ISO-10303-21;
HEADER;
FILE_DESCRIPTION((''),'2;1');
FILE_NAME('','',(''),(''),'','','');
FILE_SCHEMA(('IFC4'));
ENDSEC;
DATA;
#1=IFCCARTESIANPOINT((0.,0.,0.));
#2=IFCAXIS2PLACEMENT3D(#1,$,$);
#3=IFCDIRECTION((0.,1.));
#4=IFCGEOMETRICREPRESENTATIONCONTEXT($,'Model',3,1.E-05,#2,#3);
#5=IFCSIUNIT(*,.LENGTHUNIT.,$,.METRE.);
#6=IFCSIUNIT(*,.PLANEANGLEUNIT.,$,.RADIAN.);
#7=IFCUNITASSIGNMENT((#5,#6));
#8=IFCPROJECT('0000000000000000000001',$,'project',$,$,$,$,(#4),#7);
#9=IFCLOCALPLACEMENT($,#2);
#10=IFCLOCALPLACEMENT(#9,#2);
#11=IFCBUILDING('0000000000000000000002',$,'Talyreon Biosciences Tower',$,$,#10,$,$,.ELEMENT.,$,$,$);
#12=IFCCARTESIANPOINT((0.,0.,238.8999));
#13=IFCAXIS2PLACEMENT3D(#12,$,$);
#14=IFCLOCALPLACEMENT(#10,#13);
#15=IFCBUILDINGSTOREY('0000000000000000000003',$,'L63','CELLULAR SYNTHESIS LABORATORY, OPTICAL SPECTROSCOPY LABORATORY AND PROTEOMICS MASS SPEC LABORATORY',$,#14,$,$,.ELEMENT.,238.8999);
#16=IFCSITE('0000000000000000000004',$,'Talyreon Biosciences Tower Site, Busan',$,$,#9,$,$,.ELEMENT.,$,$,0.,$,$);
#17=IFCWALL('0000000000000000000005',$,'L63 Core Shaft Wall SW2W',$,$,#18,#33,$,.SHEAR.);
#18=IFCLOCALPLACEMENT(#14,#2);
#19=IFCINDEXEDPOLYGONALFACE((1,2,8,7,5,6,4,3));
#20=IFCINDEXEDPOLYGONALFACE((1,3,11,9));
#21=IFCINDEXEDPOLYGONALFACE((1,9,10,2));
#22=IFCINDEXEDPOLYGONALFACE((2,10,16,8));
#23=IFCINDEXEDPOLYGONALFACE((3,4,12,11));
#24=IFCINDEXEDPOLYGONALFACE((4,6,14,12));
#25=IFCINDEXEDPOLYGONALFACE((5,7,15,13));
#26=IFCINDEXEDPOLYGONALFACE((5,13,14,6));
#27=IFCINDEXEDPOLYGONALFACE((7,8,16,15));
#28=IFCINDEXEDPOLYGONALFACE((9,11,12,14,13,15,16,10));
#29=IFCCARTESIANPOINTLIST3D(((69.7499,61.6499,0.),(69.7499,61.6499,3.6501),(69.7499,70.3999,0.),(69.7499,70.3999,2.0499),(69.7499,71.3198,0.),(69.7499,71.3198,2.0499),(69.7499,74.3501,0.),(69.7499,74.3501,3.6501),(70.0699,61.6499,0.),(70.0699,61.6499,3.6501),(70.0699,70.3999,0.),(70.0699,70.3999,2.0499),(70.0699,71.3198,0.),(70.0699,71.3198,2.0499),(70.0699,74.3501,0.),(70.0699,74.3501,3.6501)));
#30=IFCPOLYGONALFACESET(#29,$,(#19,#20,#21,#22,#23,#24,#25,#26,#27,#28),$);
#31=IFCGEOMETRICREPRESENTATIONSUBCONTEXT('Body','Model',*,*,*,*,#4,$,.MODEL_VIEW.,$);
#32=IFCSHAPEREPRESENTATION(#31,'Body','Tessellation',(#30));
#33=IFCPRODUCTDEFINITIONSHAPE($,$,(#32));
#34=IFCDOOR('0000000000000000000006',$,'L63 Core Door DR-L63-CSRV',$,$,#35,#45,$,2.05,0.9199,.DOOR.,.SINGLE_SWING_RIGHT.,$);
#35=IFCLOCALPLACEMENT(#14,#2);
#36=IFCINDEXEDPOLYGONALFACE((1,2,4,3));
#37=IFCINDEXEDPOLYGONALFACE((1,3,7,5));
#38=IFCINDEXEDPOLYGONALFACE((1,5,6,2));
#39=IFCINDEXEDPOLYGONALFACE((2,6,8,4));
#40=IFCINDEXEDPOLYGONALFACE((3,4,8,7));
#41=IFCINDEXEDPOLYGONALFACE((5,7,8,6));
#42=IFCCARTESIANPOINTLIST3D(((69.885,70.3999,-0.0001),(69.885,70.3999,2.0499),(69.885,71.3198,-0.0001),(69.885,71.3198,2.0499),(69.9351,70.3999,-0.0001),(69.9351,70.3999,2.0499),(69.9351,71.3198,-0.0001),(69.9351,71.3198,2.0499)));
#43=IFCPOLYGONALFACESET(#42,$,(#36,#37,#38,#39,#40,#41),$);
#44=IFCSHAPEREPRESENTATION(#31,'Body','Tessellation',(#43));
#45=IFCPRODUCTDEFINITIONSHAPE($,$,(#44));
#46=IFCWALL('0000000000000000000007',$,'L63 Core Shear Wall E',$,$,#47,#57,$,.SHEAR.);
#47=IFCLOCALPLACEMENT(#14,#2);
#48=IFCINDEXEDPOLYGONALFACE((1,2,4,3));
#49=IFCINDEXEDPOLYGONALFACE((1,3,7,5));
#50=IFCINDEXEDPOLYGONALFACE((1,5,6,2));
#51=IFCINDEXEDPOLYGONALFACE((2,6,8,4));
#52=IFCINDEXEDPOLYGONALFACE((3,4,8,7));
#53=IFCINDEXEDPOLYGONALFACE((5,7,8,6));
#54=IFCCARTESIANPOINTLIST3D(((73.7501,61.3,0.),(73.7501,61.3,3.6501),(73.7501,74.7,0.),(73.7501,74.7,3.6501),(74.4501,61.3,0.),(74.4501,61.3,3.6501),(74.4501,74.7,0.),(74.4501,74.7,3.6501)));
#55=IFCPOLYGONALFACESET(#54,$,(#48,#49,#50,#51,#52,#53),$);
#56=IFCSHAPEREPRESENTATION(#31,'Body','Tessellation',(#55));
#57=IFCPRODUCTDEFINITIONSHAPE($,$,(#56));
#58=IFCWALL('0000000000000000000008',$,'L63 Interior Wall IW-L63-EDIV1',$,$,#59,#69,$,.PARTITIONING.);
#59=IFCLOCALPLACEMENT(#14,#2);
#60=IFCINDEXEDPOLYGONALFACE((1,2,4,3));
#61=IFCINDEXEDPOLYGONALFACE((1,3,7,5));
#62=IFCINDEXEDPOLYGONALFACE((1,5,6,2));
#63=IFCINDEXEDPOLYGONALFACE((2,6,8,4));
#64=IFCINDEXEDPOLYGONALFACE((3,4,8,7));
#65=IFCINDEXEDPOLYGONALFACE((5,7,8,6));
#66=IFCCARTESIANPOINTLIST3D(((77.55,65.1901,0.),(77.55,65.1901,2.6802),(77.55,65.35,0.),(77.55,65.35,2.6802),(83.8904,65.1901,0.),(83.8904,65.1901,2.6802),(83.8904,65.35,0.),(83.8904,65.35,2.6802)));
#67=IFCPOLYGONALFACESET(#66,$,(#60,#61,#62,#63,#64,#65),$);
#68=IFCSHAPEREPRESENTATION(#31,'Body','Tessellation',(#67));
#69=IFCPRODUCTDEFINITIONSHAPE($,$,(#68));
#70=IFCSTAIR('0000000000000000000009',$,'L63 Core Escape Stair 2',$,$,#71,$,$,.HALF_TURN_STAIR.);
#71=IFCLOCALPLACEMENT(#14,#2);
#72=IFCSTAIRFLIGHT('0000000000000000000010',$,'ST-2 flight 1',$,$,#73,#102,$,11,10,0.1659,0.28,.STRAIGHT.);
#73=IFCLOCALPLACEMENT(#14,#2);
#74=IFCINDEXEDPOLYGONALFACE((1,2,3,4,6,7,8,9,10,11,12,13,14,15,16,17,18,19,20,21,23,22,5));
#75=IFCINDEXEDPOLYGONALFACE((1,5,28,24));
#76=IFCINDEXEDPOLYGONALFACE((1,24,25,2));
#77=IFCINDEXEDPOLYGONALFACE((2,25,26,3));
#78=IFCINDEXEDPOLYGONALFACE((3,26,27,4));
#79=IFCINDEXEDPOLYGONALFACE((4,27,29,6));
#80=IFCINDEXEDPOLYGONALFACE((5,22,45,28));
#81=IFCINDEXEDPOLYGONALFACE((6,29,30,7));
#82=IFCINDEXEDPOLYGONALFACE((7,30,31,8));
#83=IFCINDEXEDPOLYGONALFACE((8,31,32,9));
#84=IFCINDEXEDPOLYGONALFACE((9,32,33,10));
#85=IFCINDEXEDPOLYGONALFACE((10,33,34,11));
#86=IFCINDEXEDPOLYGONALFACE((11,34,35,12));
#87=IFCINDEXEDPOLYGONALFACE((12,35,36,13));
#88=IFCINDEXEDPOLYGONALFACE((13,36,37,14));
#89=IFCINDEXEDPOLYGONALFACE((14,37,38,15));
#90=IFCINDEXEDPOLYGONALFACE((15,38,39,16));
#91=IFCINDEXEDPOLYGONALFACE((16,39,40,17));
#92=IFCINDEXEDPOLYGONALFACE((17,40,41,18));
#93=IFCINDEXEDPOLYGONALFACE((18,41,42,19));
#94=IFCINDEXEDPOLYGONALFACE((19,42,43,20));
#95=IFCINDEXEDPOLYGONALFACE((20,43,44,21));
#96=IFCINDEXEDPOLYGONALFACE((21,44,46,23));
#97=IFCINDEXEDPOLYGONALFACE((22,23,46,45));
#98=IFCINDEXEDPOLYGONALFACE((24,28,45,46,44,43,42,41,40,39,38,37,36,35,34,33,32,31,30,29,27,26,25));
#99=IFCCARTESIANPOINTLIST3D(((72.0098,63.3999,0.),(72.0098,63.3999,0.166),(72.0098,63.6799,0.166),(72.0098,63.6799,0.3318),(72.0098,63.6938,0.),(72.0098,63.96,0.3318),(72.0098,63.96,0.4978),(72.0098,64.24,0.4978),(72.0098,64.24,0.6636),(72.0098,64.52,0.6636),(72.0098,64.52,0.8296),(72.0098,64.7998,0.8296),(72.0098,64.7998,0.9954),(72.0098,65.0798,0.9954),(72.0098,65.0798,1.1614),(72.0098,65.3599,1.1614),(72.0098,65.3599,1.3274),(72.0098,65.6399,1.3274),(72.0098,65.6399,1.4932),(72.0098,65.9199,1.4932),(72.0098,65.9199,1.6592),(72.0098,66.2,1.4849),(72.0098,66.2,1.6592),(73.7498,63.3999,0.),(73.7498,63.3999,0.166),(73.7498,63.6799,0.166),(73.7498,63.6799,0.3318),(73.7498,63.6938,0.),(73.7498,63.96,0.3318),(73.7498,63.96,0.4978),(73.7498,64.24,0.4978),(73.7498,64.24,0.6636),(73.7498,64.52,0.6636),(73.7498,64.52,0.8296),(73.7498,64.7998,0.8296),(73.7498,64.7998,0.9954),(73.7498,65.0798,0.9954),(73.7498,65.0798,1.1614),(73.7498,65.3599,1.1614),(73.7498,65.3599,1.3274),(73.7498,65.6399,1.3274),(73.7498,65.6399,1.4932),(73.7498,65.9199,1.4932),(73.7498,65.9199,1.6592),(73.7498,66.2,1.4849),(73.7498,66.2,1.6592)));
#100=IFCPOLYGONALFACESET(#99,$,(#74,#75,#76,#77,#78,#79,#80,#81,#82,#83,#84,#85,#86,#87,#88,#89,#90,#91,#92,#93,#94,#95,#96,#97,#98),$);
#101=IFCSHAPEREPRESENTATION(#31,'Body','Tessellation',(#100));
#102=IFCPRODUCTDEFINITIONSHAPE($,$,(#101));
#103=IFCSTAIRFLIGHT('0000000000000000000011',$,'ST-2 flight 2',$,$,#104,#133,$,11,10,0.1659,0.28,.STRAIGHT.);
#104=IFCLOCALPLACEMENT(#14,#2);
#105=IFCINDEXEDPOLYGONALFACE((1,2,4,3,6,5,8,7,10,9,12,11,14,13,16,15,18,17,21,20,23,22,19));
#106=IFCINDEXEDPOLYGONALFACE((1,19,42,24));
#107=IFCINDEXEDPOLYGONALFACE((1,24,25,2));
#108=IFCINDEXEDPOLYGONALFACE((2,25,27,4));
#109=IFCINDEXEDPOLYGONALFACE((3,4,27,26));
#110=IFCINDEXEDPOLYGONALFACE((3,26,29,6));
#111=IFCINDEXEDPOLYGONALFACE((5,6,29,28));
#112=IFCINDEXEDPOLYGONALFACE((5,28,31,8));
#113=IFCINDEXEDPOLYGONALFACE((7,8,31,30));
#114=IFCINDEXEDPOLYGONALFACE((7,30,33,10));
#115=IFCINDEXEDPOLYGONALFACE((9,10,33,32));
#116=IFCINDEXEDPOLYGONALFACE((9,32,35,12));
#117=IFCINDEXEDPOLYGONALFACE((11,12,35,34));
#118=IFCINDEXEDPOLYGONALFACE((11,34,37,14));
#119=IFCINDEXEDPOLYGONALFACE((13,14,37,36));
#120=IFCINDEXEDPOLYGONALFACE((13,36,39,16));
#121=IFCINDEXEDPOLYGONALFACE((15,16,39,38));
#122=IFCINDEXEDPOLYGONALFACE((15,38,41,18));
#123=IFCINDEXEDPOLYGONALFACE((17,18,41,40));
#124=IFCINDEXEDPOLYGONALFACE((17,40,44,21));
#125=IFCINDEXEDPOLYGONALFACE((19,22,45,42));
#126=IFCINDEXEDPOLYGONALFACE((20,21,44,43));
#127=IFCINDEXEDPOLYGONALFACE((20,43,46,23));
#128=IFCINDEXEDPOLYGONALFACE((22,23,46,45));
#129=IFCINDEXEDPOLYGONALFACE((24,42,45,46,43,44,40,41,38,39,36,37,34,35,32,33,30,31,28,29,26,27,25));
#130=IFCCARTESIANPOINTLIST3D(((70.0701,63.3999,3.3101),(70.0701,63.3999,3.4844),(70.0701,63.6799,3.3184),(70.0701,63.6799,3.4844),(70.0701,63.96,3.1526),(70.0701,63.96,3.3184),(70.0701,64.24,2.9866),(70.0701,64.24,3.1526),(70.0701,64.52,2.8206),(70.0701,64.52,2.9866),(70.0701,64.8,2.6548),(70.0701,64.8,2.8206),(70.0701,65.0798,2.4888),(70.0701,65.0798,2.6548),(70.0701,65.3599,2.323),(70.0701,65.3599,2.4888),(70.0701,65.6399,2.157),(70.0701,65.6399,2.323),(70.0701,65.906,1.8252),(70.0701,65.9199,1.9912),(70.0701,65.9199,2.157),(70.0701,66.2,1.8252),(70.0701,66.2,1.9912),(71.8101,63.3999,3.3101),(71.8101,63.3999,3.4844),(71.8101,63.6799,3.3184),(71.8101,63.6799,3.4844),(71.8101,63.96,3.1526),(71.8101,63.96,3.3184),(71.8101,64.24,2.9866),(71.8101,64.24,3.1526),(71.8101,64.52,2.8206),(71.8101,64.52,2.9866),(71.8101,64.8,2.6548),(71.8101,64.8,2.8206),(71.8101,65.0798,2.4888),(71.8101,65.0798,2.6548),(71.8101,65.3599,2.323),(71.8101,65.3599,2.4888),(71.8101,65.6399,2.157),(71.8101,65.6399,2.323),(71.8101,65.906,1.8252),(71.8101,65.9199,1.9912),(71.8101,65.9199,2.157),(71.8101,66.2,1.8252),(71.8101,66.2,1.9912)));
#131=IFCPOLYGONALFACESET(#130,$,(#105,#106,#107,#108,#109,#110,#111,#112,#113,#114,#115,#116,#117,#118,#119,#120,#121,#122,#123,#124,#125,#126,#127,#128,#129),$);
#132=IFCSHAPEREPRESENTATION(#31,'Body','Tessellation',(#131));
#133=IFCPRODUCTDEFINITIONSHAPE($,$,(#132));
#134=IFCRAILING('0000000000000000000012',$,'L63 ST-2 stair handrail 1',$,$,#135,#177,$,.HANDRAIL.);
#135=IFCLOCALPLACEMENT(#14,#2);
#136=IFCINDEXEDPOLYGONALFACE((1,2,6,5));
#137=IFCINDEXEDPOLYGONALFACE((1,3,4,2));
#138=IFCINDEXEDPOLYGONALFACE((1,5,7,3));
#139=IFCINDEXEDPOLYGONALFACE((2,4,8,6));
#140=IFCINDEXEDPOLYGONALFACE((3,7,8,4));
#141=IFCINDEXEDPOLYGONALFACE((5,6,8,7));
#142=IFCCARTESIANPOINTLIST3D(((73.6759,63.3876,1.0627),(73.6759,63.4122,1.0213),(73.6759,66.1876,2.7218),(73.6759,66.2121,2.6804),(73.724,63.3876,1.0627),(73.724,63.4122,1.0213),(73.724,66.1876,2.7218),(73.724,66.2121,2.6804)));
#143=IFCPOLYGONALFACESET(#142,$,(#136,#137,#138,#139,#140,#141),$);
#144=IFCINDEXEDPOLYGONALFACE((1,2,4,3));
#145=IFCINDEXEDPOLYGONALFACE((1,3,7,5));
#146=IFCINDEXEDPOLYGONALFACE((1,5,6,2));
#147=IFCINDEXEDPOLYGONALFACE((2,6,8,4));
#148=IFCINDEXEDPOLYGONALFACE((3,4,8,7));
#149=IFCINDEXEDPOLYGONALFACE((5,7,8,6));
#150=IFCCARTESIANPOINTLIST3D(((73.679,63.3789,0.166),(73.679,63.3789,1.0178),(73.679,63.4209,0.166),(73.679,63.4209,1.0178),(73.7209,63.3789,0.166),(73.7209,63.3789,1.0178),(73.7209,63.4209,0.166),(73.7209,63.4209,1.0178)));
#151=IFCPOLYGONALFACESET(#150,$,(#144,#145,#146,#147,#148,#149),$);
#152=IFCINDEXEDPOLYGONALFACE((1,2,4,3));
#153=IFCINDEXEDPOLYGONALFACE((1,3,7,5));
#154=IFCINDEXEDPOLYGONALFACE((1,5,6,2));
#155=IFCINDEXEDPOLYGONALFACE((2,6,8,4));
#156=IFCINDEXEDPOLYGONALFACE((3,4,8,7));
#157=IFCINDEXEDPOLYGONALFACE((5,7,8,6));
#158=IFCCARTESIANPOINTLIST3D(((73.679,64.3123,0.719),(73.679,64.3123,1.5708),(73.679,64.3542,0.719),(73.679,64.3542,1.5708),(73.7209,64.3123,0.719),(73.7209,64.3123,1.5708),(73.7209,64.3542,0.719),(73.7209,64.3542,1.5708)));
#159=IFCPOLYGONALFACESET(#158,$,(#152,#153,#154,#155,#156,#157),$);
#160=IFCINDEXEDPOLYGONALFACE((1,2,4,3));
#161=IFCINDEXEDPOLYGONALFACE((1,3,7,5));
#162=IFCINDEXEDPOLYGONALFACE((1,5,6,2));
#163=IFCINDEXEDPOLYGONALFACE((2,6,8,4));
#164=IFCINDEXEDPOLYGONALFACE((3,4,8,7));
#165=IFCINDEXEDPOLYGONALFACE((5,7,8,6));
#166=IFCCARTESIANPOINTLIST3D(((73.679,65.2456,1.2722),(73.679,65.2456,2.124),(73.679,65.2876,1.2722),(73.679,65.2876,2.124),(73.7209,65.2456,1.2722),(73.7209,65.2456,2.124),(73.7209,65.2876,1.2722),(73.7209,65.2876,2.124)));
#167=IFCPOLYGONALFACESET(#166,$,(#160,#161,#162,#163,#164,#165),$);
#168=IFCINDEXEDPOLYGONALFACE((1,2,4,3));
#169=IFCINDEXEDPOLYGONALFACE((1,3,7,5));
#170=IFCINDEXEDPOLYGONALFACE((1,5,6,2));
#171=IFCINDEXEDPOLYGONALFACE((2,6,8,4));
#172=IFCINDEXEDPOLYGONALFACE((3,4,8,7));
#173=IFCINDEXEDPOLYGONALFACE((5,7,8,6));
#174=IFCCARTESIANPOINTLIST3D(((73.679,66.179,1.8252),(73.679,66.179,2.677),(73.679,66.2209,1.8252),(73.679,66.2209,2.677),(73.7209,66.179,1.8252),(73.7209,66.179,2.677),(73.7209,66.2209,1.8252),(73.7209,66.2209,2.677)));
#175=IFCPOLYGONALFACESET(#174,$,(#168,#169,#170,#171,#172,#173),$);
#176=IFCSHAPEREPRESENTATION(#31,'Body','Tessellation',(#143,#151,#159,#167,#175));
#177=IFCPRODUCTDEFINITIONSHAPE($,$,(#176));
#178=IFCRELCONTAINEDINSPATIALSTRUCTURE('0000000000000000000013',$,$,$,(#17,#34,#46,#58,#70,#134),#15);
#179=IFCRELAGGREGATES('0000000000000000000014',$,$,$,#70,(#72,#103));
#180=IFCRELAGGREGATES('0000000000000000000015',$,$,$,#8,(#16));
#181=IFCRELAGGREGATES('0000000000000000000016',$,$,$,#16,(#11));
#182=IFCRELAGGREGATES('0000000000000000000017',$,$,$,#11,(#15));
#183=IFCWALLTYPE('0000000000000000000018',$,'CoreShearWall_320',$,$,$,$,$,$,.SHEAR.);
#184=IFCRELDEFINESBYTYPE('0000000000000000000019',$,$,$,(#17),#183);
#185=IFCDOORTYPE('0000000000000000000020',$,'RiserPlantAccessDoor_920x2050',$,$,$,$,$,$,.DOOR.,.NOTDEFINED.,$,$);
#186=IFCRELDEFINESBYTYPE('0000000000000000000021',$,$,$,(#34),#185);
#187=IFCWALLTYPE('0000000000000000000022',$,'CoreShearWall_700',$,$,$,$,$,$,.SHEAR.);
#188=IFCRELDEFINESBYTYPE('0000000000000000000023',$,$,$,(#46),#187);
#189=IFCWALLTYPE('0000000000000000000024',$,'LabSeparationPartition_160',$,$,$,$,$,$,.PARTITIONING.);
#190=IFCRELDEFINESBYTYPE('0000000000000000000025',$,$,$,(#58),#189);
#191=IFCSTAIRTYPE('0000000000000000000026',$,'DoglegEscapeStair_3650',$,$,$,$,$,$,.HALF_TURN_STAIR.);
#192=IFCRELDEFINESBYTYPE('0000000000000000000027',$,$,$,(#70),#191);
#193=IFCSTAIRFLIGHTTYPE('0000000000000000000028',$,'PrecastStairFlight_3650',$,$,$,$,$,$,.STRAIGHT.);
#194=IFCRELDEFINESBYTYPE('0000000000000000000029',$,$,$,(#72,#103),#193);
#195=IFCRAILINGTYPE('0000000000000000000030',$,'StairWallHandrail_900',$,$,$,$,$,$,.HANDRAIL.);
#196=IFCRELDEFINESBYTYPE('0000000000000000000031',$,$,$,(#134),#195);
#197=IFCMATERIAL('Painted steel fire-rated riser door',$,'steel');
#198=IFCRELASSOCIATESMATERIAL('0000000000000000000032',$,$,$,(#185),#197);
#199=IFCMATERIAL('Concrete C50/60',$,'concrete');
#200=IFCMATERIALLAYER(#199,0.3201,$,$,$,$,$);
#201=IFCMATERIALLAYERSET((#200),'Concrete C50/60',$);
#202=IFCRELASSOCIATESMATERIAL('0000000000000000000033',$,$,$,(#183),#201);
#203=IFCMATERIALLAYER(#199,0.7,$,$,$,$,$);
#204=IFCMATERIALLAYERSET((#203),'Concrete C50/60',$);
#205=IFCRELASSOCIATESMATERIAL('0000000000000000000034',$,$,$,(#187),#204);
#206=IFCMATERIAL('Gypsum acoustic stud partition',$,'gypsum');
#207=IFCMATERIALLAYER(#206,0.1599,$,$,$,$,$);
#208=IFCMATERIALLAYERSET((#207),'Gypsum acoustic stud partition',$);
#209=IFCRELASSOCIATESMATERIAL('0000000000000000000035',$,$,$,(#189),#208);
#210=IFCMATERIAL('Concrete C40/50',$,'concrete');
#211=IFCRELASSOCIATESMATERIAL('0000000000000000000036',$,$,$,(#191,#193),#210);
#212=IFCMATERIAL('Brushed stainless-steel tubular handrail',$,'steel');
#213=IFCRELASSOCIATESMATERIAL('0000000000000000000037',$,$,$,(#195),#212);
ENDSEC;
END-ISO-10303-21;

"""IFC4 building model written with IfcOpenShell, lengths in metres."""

from ifc_helpers import new_model, si_unit, direction, frame, frame_2d, origin, origin_2d, place, context, subcontext, project, spatial, polyline, rectangle, outline, extrude, material, layer, layer_set, type_object, element, fill, aggregate, save


model = new_model("IFC4")

# Units and contexts
model_context = context("Model", 3, precision=1e-05, world=origin(), true_north=direction((0.0, 1.0)))
body_context = subcontext(model_context, "Body", "Model", "MODEL_VIEW")
ifc_project = project(units=[si_unit("LENGTHUNIT", "METRE"), si_unit("PLANEANGLEUNIT", "RADIAN")], contexts=[model_context])

# Site, building, storey
site_placement = place(None, origin())
site = spatial("IfcSite", under=ifc_project, at=site_placement, Name="Talyreon Biosciences Tower Site, Busan", CompositionType="ELEMENT", RefElevation=0.0)
building_placement = place(site_placement, origin())
building = spatial("IfcBuilding", under=site, at=building_placement, Name="Talyreon Biosciences Tower", CompositionType="ELEMENT")
storey_placement = place(building_placement, frame((0.0, 0.0, 238.8999)))
storey = spatial("IfcBuildingStorey", under=building, at=storey_placement, Name="L63", Description="CELLULAR SYNTHESIS LABORATORY, OPTICAL SPECTROSCOPY LABORATORY AND PROTEOMICS MASS SPEC LABORATORY", CompositionType="ELEMENT", Elevation=238.8999)

# Shared definitions
ifc_material_1 = material(Name="Concrete C50/60", Category="concrete")

# Wall, opening, door
ifc_material_2 = material(Name="Painted steel fire-rated riser door", Category="steel")
door_type = type_object("IfcDoorType", Name="RiserPlantAccessDoor_920x2050", OperationType="NOTDEFINED", PredefinedType="DOOR", material=ifc_material_2)
ifc_layer_1 = layer(ifc_material_1, 0.3201)
ifc_layer_set_1 = layer_set([ifc_layer_1], Name="Concrete C50/60")
wall_type_1 = type_object("IfcWallType", Name="CoreShearWall_320", PredefinedType="SHEAR", material=ifc_layer_set_1)
wall_1_placement = place(storey_placement, frame((69.9099, 61.6499, 0.0), z_axis=(0.0, 0.0, 1.0), x_axis=(0.0, 1.0, 0.0)))
wall_1 = element("IfcWall", 1, at=wall_1_placement, inside=storey, type_object=wall_type_1, Name="L63 Core Shaft Wall SW2W", PredefinedType="SHEAR", context=body_context, shape_type="SweptSolid", body=[
    extrude(rectangle(XDim=12.7002, YDim=0.3201, at=frame_2d((6.3501, 0.0))), origin(), (0.0, 0.0, 1.0), 3.6501),
])
opening_1_placement = place(wall_1_placement, frame((8.75, 0.0, 0.0)))
opening_1 = element("IfcOpeningElement", 2, at=opening_1_placement, cuts=wall_1, PredefinedType="OPENING", context=body_context, shape_type="SweptSolid", body=[
    extrude(rectangle(XDim=0.9199, YDim=2.05, at=frame_2d((0.46, 1.0249))), frame((0.0, 0.1699, 0.0), z_axis=(0.0, -1.0, 0.0), x_axis=(1.0, 0.0, 0.0)), (0.0, 0.0, 1.0), 0.3401),
])
door_1_placement = place(opening_1_placement, origin())
door_1 = element("IfcDoor", 3, at=door_1_placement, inside=storey, type_object=door_type, Name="L63 Core Door DR-L63-CSRV", OperationType="SINGLE_SWING_RIGHT", OverallHeight=2.05, OverallWidth=0.9199, PredefinedType="DOOR", context=body_context, shape_type="SweptSolid", body=[
    extrude(rectangle(XDim=0.9199, YDim=2.05, at=frame_2d((0.46, 1.0249))), frame((0.0, 0.0249, 0.0), z_axis=(0.0, -1.0, 0.0), x_axis=(1.0, 0.0, 0.0)), (0.0, 0.0, 1.0), 0.05),
])
fill(opening_1, door_1)

# Walls
ifc_layer_2 = layer(ifc_material_1, 0.7)
ifc_layer_set_2 = layer_set([ifc_layer_2], Name="Concrete C50/60")
wall_type_2 = type_object("IfcWallType", Name="CoreShearWall_700", PredefinedType="SHEAR", material=ifc_layer_set_2)
wall_2_placement = place(storey_placement, frame((74.1001, 61.3, 0.0), z_axis=(0.0, 0.0, 1.0), x_axis=(0.0, 1.0, 0.0)))
element("IfcWall", 4, at=wall_2_placement, inside=storey, type_object=wall_type_2, Name="L63 Core Shear Wall E", PredefinedType="SHEAR", context=body_context, shape_type="SweptSolid", body=[
    extrude(rectangle(XDim=13.3999, YDim=0.7, at=frame_2d((6.7, 0.0))), origin(), (0.0, 0.0, 1.0), 3.6501),
])
ifc_material_3 = material(Name="Gypsum acoustic stud partition", Category="gypsum")
ifc_layer_3 = layer(ifc_material_3, 0.1599)
ifc_layer_set_3 = layer_set([ifc_layer_3], Name="Gypsum acoustic stud partition")
wall_type_3 = type_object("IfcWallType", Name="LabSeparationPartition_160", PredefinedType="PARTITIONING", material=ifc_layer_set_3)
wall_3_placement = place(storey_placement, frame((77.55, 65.27, 0.0), z_axis=(0.0, 0.0, 1.0), x_axis=(1.0, 0.0, 0.0)))
element("IfcWall", 5, at=wall_3_placement, inside=storey, type_object=wall_type_3, Name="L63 Interior Wall IW-L63-EDIV1", PredefinedType="PARTITIONING", context=body_context, shape_type="SweptSolid", body=[
    extrude(rectangle(XDim=6.3403, YDim=0.1599, at=frame_2d((3.1702, 0.0))), origin(), (0.0, 0.0, 1.0), 2.6802),
])

# Stair, stair flights
ifc_material_4 = material(Name="Concrete C40/50", Category="concrete")
stair_type = type_object("IfcStairType", Name="DoglegEscapeStair_3650", PredefinedType="HALF_TURN_STAIR", material=ifc_material_4)
stair_placement = place(storey_placement, origin())
stair = element("IfcStair", 6, at=stair_placement, inside=storey, type_object=stair_type, Name="L63 Core Escape Stair 2", PredefinedType="HALF_TURN_STAIR")
stair_flight_type = type_object("IfcStairFlightType", Name="PrecastStairFlight_3650", PredefinedType="STRAIGHT", material=ifc_material_4)
stair_flight_1_placement = place(storey_placement, frame((72.8799, 63.3999, 0.0), z_axis=(0.0, 0.0, 1.0), x_axis=(0.0, 1.0, 0.0)))
stair_flight_1 = element("IfcStairFlight", 7, at=stair_flight_1_placement, type_object=stair_flight_type, Name="ST-2 flight 1", NumberOfRisers=11, NumberOfTreads=10, PredefinedType="STRAIGHT", RiserHeight=0.1659, TreadLength=0.28, context=body_context, shape_type="SweptSolid", body=[
    extrude(outline(polyline([(0.0, 0.0), (0.0, 0.166), (0.28, 0.166), (0.28, 0.3318), (0.5601, 0.3318), (0.5601, 0.4978), (0.8401, 0.4978), (0.8401, 0.6636), (1.1201, 0.6636), (1.1201, 0.8296), (1.3999, 0.8296), (1.3999, 0.9954), (1.6799, 0.9954), (1.6799, 1.1614), (1.96, 1.1614), (1.96, 1.3274), (2.24, 1.3274), (2.24, 1.4932), (2.52, 1.4932), (2.52, 1.6592), (2.8, 1.6592), (2.8, 1.825), (2.8, 1.4849), (0.2939, 0.0), (0.0, 0.0)])), frame((0.0, 0.8701, 0.0), z_axis=(0.0, -1.0, 0.0), x_axis=(1.0, 0.0, 0.0)), (0.0, 0.0, 1.0), 1.74),
])
stair_flight_2_placement = place(storey_placement, frame((70.9399, 66.2, 1.8252), z_axis=(0.0, 0.0, 1.0), x_axis=(0.0, -1.0, 0.0)))
stair_flight_2 = element("IfcStairFlight", 8, at=stair_flight_2_placement, type_object=stair_flight_type, Name="ST-2 flight 2", NumberOfRisers=11, NumberOfTreads=10, PredefinedType="STRAIGHT", RiserHeight=0.1659, TreadLength=0.28, context=body_context, shape_type="SweptSolid", body=[
    extrude(outline(polyline([(0.0, 0.0), (0.0, 0.166), (0.28, 0.166), (0.28, 0.3318), (0.5601, 0.3318), (0.5601, 0.4978), (0.8401, 0.4978), (0.8401, 0.6636), (1.1201, 0.6636), (1.1201, 0.8296), (1.3999, 0.8296), (1.3999, 0.9954), (1.6799, 0.9954), (1.6799, 1.1614), (1.96, 1.1614), (1.96, 1.3274), (2.24, 1.3274), (2.24, 1.4932), (2.52, 1.4932), (2.52, 1.6592), (2.8, 1.6592), (2.8, 1.825), (2.8, 1.4849), (0.2939, 0.0), (0.0, 0.0)])), frame((0.0, 0.8701, 0.0), z_axis=(0.0, -1.0, 0.0), x_axis=(1.0, 0.0, 0.0)), (0.0, 0.0, 1.0), 1.74),
])
aggregate(stair, [stair_flight_1, stair_flight_2])

# Railing
ifc_material_5 = material(Name="Brushed stainless-steel tubular handrail", Category="steel")
railing_type_1 = type_object("IfcRailingType", Name="StairWallHandrail_900", PredefinedType="HANDRAIL", material=ifc_material_5)
railing_1_placement = place(storey_placement, frame((73.7, 63.3999, 0.166)))
element("IfcRailing", 9, at=railing_1_placement, inside=storey, type_object=railing_type_1, Name="L63 ST-2 stair handrail 1", PredefinedType="HANDRAIL", context=body_context, shape_type="SweptSolid", body=[
    extrude(rectangle(XDim=0.0481, YDim=0.0481, at=origin_2d()), frame((0.0, 0.0, 0.876), z_axis=(0.0, 0.860306, 0.509778), x_axis=(-1.0, 0.0, 0.0)), (0.0, 0.0, 1.0), 3.2546),
    extrude(rectangle(XDim=0.042, YDim=0.042, at=origin_2d()), origin(), (0.0, 0.0, 1.0), 0.8518),
    extrude(rectangle(XDim=0.042, YDim=0.042, at=origin_2d()), frame((0.0, 0.9333, 0.553)), (0.0, 0.0, 1.0), 0.8518),
    extrude(rectangle(XDim=0.042, YDim=0.042, at=origin_2d()), frame((0.0, 1.8667, 1.1062)), (0.0, 0.0, 1.0), 0.8518),
    extrude(rectangle(XDim=0.042, YDim=0.042, at=origin_2d()), frame((0.0, 2.8, 1.6592)), (0.0, 0.0, 1.0), 0.8518),
])

save(model, "model.ifc")
